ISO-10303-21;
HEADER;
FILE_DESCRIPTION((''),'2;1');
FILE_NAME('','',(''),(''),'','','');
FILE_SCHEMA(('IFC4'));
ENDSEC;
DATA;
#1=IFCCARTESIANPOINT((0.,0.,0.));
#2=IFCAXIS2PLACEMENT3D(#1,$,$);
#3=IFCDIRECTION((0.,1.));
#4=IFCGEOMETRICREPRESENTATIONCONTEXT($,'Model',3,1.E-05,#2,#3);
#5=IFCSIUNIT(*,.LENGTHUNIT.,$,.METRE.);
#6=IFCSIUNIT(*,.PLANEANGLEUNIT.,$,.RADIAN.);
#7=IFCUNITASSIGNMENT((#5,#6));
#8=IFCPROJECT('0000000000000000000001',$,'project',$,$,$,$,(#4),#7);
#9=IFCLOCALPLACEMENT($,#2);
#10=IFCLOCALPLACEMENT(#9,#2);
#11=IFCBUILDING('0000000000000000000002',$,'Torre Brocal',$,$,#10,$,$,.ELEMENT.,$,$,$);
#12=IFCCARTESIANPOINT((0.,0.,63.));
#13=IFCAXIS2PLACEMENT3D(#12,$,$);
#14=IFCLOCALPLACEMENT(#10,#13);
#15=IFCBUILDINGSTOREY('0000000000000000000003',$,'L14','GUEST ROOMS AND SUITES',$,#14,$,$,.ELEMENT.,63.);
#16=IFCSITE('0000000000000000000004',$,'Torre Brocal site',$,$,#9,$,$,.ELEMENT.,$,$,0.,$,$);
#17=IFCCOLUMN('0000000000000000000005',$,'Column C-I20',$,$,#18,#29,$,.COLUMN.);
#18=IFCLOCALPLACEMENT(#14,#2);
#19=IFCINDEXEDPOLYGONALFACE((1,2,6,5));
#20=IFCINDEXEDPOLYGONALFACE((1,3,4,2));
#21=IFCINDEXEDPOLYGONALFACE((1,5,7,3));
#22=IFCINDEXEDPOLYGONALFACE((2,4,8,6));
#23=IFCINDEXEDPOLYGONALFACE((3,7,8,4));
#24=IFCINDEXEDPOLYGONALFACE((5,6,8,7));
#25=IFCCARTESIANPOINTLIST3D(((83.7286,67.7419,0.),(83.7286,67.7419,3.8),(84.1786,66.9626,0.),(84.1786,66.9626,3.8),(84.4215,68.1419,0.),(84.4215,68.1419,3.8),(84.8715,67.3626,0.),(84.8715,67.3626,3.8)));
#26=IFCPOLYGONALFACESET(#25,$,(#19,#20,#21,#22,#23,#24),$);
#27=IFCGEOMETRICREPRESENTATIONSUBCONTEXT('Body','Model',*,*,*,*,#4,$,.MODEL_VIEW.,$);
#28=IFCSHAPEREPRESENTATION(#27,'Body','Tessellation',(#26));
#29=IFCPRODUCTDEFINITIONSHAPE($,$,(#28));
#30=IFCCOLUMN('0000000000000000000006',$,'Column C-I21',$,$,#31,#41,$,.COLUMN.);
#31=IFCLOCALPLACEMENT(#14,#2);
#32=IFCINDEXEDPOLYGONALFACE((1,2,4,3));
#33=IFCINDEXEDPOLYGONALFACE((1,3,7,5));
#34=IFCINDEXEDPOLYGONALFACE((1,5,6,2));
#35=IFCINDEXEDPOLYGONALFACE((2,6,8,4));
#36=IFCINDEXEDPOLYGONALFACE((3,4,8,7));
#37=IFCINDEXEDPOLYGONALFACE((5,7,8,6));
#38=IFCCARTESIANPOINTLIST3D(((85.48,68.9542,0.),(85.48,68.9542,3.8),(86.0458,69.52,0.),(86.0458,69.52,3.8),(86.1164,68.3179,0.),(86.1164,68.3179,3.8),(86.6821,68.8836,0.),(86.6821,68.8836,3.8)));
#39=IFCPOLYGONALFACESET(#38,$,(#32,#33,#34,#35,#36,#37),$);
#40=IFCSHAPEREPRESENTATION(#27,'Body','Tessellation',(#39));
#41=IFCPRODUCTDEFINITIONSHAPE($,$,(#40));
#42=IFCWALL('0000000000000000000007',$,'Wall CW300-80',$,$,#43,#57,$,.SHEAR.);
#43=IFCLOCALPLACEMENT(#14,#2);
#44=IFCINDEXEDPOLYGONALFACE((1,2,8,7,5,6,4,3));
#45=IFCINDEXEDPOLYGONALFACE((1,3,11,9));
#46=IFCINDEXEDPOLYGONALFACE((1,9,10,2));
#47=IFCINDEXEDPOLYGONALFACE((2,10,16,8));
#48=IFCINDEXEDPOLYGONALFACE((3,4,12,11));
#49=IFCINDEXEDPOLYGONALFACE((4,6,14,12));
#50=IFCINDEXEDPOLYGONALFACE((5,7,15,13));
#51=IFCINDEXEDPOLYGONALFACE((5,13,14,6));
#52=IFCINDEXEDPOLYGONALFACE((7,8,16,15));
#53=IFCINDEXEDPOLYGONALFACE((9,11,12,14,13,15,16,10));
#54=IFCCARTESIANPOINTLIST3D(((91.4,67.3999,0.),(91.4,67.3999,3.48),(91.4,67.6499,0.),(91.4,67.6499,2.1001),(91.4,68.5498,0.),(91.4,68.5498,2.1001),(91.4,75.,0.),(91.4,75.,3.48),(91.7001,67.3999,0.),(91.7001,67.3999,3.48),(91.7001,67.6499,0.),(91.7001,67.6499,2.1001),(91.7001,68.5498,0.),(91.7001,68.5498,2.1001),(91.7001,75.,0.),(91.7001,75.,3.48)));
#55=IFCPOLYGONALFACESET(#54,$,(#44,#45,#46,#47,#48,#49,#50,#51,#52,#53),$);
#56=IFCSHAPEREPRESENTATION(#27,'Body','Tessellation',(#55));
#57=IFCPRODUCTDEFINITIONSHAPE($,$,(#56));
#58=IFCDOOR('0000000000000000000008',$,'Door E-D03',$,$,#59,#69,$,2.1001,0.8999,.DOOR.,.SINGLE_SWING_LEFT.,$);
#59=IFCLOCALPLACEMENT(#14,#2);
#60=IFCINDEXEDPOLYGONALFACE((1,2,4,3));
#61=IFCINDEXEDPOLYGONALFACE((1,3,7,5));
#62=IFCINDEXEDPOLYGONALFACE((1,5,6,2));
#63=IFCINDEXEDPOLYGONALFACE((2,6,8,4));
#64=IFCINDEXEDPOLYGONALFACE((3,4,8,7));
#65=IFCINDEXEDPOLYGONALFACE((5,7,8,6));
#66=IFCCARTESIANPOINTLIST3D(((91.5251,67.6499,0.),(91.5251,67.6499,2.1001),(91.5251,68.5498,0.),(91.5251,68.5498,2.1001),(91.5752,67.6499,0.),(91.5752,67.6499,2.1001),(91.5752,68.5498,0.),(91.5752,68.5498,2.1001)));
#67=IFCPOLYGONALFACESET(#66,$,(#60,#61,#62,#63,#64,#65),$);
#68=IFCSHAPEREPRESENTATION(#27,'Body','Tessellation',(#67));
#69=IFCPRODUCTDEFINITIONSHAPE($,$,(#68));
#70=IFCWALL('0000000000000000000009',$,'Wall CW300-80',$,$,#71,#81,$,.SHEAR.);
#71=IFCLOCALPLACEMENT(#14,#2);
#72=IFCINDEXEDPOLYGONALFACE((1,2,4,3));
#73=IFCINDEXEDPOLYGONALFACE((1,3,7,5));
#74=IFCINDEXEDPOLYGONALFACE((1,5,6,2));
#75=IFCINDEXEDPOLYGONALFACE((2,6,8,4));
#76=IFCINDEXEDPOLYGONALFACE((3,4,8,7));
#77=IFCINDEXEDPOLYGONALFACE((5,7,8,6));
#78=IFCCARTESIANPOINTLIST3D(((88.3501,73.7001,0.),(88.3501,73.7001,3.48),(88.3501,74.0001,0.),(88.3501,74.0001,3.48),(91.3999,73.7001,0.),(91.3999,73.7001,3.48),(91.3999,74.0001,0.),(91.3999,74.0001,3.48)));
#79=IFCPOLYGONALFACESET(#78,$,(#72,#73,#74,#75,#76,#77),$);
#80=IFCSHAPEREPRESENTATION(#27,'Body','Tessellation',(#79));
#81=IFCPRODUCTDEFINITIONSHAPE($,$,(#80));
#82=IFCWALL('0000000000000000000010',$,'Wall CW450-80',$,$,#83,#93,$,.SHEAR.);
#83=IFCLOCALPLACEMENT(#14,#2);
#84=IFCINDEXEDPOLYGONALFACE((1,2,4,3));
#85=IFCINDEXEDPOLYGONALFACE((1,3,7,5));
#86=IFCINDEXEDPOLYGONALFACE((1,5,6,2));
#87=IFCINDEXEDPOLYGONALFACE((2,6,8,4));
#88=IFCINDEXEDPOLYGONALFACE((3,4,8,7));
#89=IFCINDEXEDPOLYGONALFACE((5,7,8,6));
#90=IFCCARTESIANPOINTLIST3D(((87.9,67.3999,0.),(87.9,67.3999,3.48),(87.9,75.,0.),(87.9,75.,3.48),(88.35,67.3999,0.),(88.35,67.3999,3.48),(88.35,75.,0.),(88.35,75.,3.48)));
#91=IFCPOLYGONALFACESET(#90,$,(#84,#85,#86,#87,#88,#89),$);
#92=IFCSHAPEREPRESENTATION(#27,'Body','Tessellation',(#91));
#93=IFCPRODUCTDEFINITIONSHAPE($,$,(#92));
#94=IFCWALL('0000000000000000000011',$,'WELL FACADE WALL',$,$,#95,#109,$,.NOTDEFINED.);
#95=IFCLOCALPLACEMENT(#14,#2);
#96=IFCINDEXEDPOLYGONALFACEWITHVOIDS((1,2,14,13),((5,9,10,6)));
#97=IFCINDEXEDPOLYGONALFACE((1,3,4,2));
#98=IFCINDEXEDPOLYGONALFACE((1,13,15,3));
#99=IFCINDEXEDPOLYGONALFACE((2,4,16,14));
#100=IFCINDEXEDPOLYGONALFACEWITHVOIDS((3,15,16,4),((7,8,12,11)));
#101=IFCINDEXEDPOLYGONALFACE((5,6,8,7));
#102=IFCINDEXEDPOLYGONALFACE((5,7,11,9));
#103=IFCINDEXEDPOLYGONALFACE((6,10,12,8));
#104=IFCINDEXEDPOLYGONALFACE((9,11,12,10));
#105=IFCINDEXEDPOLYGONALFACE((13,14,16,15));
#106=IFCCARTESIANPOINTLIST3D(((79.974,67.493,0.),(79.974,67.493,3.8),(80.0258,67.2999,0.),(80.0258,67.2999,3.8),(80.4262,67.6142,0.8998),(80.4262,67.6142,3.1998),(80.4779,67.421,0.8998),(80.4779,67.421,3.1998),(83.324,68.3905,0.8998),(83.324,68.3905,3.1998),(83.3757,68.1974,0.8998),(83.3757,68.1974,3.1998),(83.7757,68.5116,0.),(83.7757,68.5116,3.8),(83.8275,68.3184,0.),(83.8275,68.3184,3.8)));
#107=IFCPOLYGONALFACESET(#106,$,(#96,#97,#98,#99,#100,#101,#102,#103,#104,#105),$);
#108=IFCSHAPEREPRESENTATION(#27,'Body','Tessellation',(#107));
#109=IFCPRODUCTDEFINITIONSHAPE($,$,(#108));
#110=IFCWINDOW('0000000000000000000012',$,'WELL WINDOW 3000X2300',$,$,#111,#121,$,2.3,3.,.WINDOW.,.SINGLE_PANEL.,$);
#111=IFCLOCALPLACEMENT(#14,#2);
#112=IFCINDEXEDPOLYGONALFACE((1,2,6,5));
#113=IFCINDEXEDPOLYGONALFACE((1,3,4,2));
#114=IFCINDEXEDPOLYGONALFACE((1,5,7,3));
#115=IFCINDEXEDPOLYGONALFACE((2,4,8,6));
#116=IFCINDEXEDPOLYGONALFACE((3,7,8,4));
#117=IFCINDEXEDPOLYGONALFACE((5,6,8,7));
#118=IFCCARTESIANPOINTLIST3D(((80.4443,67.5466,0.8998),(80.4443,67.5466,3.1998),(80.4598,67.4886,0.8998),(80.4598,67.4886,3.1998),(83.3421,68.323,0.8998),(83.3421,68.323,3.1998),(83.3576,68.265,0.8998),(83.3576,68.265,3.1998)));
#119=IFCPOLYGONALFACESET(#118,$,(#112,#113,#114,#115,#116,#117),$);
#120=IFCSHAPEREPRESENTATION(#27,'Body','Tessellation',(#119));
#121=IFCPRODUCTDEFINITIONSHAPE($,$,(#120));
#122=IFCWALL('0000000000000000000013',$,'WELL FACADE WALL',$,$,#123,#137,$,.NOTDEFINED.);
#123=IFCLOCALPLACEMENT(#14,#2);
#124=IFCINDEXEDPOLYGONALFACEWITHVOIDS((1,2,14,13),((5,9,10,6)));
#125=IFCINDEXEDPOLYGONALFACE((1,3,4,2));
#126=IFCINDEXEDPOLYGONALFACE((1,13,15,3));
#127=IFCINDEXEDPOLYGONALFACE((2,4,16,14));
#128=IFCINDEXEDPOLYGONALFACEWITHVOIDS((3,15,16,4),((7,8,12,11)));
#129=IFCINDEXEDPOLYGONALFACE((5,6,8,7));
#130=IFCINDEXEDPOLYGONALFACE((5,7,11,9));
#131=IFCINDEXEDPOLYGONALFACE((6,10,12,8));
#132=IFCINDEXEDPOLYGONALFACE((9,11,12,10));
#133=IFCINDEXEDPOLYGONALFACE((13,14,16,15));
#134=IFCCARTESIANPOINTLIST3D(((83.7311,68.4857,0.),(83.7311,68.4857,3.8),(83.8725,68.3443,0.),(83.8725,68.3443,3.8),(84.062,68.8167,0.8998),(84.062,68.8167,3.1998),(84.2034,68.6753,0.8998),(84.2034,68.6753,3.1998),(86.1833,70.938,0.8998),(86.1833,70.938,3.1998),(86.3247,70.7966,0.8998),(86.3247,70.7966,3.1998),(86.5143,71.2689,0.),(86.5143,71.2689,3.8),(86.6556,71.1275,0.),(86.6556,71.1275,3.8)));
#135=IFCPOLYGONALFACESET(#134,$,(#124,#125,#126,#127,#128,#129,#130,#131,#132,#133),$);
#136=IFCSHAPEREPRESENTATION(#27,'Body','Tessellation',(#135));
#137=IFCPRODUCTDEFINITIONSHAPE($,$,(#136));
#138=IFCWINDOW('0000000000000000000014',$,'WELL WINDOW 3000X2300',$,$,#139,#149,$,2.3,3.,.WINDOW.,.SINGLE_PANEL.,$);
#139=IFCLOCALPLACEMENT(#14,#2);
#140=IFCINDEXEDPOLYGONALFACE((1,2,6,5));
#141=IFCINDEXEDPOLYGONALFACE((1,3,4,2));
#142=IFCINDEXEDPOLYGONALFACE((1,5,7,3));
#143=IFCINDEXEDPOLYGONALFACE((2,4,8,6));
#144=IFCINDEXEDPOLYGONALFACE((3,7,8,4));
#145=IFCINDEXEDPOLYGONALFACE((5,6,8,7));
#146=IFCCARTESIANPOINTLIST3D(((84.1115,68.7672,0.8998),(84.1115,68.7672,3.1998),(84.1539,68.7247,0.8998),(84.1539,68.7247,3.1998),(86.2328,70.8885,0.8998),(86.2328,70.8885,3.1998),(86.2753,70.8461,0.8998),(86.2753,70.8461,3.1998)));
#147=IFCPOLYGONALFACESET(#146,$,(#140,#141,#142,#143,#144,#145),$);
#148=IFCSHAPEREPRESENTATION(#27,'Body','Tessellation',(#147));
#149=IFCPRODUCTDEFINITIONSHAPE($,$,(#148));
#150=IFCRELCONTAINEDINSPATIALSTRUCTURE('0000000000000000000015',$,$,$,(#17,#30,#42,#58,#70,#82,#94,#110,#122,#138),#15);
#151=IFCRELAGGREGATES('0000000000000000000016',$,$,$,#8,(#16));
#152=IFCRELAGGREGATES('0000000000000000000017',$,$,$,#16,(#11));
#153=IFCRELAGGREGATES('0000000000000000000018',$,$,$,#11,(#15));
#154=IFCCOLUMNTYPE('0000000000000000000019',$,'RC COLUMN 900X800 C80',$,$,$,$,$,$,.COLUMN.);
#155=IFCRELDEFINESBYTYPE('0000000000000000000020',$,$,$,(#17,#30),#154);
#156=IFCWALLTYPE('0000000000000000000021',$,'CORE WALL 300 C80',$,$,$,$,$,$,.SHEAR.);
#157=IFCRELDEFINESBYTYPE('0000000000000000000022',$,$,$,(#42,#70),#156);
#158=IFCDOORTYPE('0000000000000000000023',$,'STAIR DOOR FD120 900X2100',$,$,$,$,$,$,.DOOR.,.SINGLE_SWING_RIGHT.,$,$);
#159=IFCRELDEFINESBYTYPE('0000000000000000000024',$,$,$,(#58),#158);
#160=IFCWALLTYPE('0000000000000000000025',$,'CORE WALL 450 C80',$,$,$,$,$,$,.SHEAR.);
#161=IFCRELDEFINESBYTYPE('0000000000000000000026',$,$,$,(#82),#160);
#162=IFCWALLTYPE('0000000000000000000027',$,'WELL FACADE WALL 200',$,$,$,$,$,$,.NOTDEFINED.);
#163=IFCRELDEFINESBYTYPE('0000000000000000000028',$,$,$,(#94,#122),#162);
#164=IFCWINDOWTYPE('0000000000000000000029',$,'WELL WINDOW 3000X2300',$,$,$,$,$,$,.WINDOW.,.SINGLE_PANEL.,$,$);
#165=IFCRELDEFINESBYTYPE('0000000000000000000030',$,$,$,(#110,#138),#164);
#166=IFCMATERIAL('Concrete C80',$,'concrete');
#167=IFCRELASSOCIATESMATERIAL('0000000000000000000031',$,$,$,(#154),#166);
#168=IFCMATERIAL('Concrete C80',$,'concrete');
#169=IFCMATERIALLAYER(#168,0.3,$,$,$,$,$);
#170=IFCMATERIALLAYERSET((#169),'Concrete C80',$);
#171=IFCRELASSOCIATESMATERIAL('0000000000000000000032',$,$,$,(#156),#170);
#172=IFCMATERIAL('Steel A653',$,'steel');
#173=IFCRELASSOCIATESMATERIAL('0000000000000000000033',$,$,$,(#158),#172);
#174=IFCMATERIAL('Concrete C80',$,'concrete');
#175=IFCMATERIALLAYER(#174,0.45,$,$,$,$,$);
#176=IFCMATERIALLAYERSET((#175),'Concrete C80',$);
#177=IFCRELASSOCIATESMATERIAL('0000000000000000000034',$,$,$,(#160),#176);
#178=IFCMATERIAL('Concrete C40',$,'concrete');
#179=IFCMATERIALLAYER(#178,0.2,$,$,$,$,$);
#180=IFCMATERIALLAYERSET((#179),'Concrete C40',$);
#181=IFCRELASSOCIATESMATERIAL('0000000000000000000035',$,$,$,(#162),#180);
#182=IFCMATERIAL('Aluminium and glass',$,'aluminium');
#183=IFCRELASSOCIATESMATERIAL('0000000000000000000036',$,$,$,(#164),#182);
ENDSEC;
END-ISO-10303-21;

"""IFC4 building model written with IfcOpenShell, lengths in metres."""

from ifc_helpers import new_model, si_unit, direction, frame, frame_2d, origin, origin_2d, place, context, subcontext, project, spatial, rectangle, extrude, material, layer, layer_set, material_profile, profile_set, type_object, element, fill, save


model = new_model("IFC4")

# Units and contexts
model_context = context("Model", 3, precision=1e-05, world=origin(), true_north=direction((0.0, 1.0)))
body_context = subcontext(model_context, "Body", "Model", "MODEL_VIEW")
ifc_project = project(units=[si_unit("LENGTHUNIT", "METRE"), si_unit("PLANEANGLEUNIT", "RADIAN")], contexts=[model_context])

# Site, building, storey
site_placement = place(None, origin())
site = spatial("IfcSite", under=ifc_project, at=site_placement, Name="Torre Brocal site", CompositionType="ELEMENT", RefElevation=0.0)
building_placement = place(site_placement, origin())
building = spatial("IfcBuilding", under=site, at=building_placement, Name="Torre Brocal", CompositionType="ELEMENT")
storey_placement = place(building_placement, frame((0.0, 0.0, 63.0)))
storey = spatial("IfcBuildingStorey", under=building, at=storey_placement, Name="L14", Description="GUEST ROOMS AND SUITES", CompositionType="ELEMENT", Elevation=63.0)

# Columns
ifc_material_1 = material(Name="Concrete C80", Category="concrete")
ifc_material_profile = material_profile(ifc_material_1, rectangle(XDim=0.8999, YDim=0.8, at=origin_2d()), Name="RC 900X800")
ifc_profile_set = profile_set([ifc_material_profile], Name="Concrete C80")
column_type = type_object("IfcColumnType", Name="RC COLUMN 900X800 C80", PredefinedType="COLUMN", material=ifc_profile_set)
for number, where, z_axis, x_axis, name in (
    (1, (84.3, 67.5522, 0.0), (0.0, 0.0, 1.0), (0.5, -0.866025, 0.0), "Column C-I20"),
    (2, (86.0811, 68.9189, 0.0), (0.0, 0.0, 1.0), (0.707107, -0.707107, 0.0), "Column C-I21"),
):
    element("IfcColumn", number, at=place(storey_placement, frame(where, z_axis=z_axis, x_axis=x_axis)), inside=storey, type_object=column_type, Name=name, PredefinedType="COLUMN", context=body_context, shape_type="SweptSolid", body=[
        extrude(rectangle(XDim=0.8999, YDim=0.8, at=origin_2d()), origin(), (0.0, 0.0, 1.0), 3.8),
    ])

# Wall, opening, door
ifc_material_2 = material(Name="Concrete C80", Category="concrete")
ifc_layer_1 = layer(ifc_material_2, 0.3)
ifc_layer_set_1 = layer_set([ifc_layer_1], Name="Concrete C80")
wall_type_1 = type_object("IfcWallType", Name="CORE WALL 300 C80", PredefinedType="SHEAR", material=ifc_layer_set_1)
wall_1_placement = place(storey_placement, frame((91.55, 67.3999, 0.0), z_axis=(0.0, 0.0, 1.0), x_axis=(0.0, 1.0, 0.0)))
wall_1 = element("IfcWall", 3, at=wall_1_placement, inside=storey, type_object=wall_type_1, Name="Wall CW300-80", PredefinedType="SHEAR", context=body_context, shape_type="SweptSolid", body=[
    extrude(rectangle(XDim=7.6001, YDim=0.3, at=frame_2d((3.8, 0.0))), origin(), (0.0, 0.0, 1.0), 3.48),
])
opening_1_placement = place(wall_1_placement, frame((0.25, 0.0, 0.0)))
opening_1 = element("IfcOpeningElement", 4, at=opening_1_placement, cuts=wall_1, PredefinedType="OPENING", context=body_context, shape_type="SweptSolid", body=[
    extrude(rectangle(XDim=0.8999, YDim=2.1001, at=frame_2d((0.45, 1.05))), frame((0.0, 0.1599, 0.0), z_axis=(0.0, -1.0, 0.0), x_axis=(1.0, 0.0, 0.0)), (0.0, 0.0, 1.0), 0.3201),
])
ifc_material_3 = material(Name="Steel A653", Category="steel")
door_type_1 = type_object("IfcDoorType", Name="STAIR DOOR FD120 900X2100", OperationType="SINGLE_SWING_RIGHT", PredefinedType="DOOR", material=ifc_material_3)
door_1_placement = place(opening_1_placement, origin())
door_1 = element("IfcDoor", 5, at=door_1_placement, inside=storey, type_object=door_type_1, Name="Door E-D03", OperationType="SINGLE_SWING_LEFT", OverallHeight=2.1001, OverallWidth=0.8999, PredefinedType="DOOR", context=body_context, shape_type="SweptSolid", body=[
    extrude(rectangle(XDim=0.8999, YDim=2.1001, at=frame_2d((0.45, 1.05))), frame((0.0, 0.0249, 0.0), z_axis=(0.0, -1.0, 0.0), x_axis=(1.0, 0.0, 0.0)), (0.0, 0.0, 1.0), 0.05),
])
fill(opening_1, door_1)

# Walls
wall_2_placement = place(storey_placement, frame((88.3501, 73.8501, 0.0), z_axis=(0.0, 0.0, 1.0), x_axis=(1.0, 0.0, 0.0)))
element("IfcWall", 6, at=wall_2_placement, inside=storey, type_object=wall_type_1, Name="Wall CW300-80", PredefinedType="SHEAR", context=body_context, shape_type="SweptSolid", body=[
    extrude(rectangle(XDim=3.0498, YDim=0.3, at=frame_2d((1.5249, 0.0))), origin(), (0.0, 0.0, 1.0), 3.48),
])
ifc_material_4 = material(Name="Concrete C80", Category="concrete")
ifc_layer_2 = layer(ifc_material_4, 0.45)
ifc_layer_set_2 = layer_set([ifc_layer_2], Name="Concrete C80")
wall_type_2 = type_object("IfcWallType", Name="CORE WALL 450 C80", PredefinedType="SHEAR", material=ifc_layer_set_2)
wall_3_placement = place(storey_placement, frame((88.125, 67.3999, 0.0), z_axis=(0.0, 0.0, 1.0), x_axis=(0.0, 1.0, 0.0)))
element("IfcWall", 7, at=wall_3_placement, inside=storey, type_object=wall_type_2, Name="Wall CW450-80", PredefinedType="SHEAR", context=body_context, shape_type="SweptSolid", body=[
    extrude(rectangle(XDim=7.6001, YDim=0.45, at=frame_2d((3.8, 0.0))), origin(), (0.0, 0.0, 1.0), 3.48),
])

# Walls, openings, windows
ifc_material_5 = material(Name="Concrete C40", Category="concrete")
ifc_layer_3 = layer(ifc_material_5, 0.2)
ifc_layer_set_3 = layer_set([ifc_layer_3], Name="Concrete C40")
wall_type_3 = type_object("IfcWallType", Name="WELL FACADE WALL 200", PredefinedType="NOTDEFINED", material=ifc_layer_set_3)
wall_4_placement = place(storey_placement, frame((80.0, 67.3965, 0.0), z_axis=(0.0, 0.0, 1.0), x_axis=(0.965934, 0.25879, 0.0)))
wall_4 = element("IfcWall", 8, at=wall_4_placement, inside=storey, type_object=wall_type_3, Name="WELL FACADE WALL", PredefinedType="NOTDEFINED", context=body_context, shape_type="SweptSolid", body=[
    extrude(rectangle(XDim=3.9358, YDim=0.2, at=frame_2d((1.9678, 0.0))), origin(), (0.0, 0.0, 1.0), 3.8),
])
opening_2_placement = place(wall_4_placement, frame((0.468, 0.0, 0.8999)))
opening_2 = element("IfcOpeningElement", 9, at=opening_2_placement, cuts=wall_4, PredefinedType="OPENING", context=body_context, shape_type="SweptSolid", body=[
    extrude(rectangle(XDim=3.0, YDim=2.3, at=frame_2d((1.5, 1.1499))), frame((0.0, 0.1099, 0.0), z_axis=(0.0, -1.0, 0.0), x_axis=(1.0, 0.0, 0.0)), (0.0, 0.0, 1.0), 0.22),
])
ifc_material_6 = material(Name="Aluminium and glass", Category="aluminium")
window_type = type_object("IfcWindowType", Name="WELL WINDOW 3000X2300", PartitioningType="SINGLE_PANEL", PredefinedType="WINDOW", material=ifc_material_6)
window_1_placement = place(opening_2_placement, origin())
window_1 = element("IfcWindow", 10, at=window_1_placement, inside=storey, type_object=window_type, Name="WELL WINDOW 3000X2300", OverallHeight=2.3, OverallWidth=3.0, PartitioningType="SINGLE_PANEL", PredefinedType="WINDOW", context=body_context, shape_type="SweptSolid", body=[
    extrude(rectangle(XDim=3.0, YDim=2.3, at=frame_2d((1.5, 1.1499))), frame((0.0, 0.03, 0.0), z_axis=(0.0, -1.0, 0.0), x_axis=(1.0, 0.0, 0.0)), (0.0, 0.0, 1.0), 0.0601),
])
fill(opening_2, window_1)
wall_5_placement = place(storey_placement, frame((83.8018, 68.415, 0.0), z_axis=(0.0, 0.0, 1.0), x_axis=(0.707107, 0.707107, 0.0)))
wall_5 = element("IfcWall", 11, at=wall_5_placement, inside=storey, type_object=wall_type_3, Name="WELL FACADE WALL", PredefinedType="NOTDEFINED", context=body_context, shape_type="SweptSolid", body=[
    extrude(rectangle(XDim=3.936, YDim=0.2, at=frame_2d((1.968, 0.0))), origin(), (0.0, 0.0, 1.0), 3.8),
])
opening_3_placement = place(wall_5_placement, frame((0.468, 0.0, 0.8999)))
opening_3 = element("IfcOpeningElement", 12, at=opening_3_placement, cuts=wall_5, PredefinedType="OPENING", context=body_context, shape_type="SweptSolid", body=[
    extrude(rectangle(XDim=3.0, YDim=2.3, at=frame_2d((1.5, 1.1499))), frame((0.0, 0.1099, 0.0), z_axis=(0.0, -1.0, 0.0), x_axis=(1.0, 0.0, 0.0)), (0.0, 0.0, 1.0), 0.22),
])
window_2_placement = place(opening_3_placement, origin())
window_2 = element("IfcWindow", 13, at=window_2_placement, inside=storey, type_object=window_type, Name="WELL WINDOW 3000X2300", OverallHeight=2.3, OverallWidth=3.0, PartitioningType="SINGLE_PANEL", PredefinedType="WINDOW", context=body_context, shape_type="SweptSolid", body=[
    extrude(rectangle(XDim=3.0, YDim=2.3, at=frame_2d((1.5, 1.1499))), frame((0.0, 0.03, 0.0), z_axis=(0.0, -1.0, 0.0), x_axis=(1.0, 0.0, 0.0)), (0.0, 0.0, 1.0), 0.0601),
])
fill(opening_3, window_2)

save(model, "model.ifc")
